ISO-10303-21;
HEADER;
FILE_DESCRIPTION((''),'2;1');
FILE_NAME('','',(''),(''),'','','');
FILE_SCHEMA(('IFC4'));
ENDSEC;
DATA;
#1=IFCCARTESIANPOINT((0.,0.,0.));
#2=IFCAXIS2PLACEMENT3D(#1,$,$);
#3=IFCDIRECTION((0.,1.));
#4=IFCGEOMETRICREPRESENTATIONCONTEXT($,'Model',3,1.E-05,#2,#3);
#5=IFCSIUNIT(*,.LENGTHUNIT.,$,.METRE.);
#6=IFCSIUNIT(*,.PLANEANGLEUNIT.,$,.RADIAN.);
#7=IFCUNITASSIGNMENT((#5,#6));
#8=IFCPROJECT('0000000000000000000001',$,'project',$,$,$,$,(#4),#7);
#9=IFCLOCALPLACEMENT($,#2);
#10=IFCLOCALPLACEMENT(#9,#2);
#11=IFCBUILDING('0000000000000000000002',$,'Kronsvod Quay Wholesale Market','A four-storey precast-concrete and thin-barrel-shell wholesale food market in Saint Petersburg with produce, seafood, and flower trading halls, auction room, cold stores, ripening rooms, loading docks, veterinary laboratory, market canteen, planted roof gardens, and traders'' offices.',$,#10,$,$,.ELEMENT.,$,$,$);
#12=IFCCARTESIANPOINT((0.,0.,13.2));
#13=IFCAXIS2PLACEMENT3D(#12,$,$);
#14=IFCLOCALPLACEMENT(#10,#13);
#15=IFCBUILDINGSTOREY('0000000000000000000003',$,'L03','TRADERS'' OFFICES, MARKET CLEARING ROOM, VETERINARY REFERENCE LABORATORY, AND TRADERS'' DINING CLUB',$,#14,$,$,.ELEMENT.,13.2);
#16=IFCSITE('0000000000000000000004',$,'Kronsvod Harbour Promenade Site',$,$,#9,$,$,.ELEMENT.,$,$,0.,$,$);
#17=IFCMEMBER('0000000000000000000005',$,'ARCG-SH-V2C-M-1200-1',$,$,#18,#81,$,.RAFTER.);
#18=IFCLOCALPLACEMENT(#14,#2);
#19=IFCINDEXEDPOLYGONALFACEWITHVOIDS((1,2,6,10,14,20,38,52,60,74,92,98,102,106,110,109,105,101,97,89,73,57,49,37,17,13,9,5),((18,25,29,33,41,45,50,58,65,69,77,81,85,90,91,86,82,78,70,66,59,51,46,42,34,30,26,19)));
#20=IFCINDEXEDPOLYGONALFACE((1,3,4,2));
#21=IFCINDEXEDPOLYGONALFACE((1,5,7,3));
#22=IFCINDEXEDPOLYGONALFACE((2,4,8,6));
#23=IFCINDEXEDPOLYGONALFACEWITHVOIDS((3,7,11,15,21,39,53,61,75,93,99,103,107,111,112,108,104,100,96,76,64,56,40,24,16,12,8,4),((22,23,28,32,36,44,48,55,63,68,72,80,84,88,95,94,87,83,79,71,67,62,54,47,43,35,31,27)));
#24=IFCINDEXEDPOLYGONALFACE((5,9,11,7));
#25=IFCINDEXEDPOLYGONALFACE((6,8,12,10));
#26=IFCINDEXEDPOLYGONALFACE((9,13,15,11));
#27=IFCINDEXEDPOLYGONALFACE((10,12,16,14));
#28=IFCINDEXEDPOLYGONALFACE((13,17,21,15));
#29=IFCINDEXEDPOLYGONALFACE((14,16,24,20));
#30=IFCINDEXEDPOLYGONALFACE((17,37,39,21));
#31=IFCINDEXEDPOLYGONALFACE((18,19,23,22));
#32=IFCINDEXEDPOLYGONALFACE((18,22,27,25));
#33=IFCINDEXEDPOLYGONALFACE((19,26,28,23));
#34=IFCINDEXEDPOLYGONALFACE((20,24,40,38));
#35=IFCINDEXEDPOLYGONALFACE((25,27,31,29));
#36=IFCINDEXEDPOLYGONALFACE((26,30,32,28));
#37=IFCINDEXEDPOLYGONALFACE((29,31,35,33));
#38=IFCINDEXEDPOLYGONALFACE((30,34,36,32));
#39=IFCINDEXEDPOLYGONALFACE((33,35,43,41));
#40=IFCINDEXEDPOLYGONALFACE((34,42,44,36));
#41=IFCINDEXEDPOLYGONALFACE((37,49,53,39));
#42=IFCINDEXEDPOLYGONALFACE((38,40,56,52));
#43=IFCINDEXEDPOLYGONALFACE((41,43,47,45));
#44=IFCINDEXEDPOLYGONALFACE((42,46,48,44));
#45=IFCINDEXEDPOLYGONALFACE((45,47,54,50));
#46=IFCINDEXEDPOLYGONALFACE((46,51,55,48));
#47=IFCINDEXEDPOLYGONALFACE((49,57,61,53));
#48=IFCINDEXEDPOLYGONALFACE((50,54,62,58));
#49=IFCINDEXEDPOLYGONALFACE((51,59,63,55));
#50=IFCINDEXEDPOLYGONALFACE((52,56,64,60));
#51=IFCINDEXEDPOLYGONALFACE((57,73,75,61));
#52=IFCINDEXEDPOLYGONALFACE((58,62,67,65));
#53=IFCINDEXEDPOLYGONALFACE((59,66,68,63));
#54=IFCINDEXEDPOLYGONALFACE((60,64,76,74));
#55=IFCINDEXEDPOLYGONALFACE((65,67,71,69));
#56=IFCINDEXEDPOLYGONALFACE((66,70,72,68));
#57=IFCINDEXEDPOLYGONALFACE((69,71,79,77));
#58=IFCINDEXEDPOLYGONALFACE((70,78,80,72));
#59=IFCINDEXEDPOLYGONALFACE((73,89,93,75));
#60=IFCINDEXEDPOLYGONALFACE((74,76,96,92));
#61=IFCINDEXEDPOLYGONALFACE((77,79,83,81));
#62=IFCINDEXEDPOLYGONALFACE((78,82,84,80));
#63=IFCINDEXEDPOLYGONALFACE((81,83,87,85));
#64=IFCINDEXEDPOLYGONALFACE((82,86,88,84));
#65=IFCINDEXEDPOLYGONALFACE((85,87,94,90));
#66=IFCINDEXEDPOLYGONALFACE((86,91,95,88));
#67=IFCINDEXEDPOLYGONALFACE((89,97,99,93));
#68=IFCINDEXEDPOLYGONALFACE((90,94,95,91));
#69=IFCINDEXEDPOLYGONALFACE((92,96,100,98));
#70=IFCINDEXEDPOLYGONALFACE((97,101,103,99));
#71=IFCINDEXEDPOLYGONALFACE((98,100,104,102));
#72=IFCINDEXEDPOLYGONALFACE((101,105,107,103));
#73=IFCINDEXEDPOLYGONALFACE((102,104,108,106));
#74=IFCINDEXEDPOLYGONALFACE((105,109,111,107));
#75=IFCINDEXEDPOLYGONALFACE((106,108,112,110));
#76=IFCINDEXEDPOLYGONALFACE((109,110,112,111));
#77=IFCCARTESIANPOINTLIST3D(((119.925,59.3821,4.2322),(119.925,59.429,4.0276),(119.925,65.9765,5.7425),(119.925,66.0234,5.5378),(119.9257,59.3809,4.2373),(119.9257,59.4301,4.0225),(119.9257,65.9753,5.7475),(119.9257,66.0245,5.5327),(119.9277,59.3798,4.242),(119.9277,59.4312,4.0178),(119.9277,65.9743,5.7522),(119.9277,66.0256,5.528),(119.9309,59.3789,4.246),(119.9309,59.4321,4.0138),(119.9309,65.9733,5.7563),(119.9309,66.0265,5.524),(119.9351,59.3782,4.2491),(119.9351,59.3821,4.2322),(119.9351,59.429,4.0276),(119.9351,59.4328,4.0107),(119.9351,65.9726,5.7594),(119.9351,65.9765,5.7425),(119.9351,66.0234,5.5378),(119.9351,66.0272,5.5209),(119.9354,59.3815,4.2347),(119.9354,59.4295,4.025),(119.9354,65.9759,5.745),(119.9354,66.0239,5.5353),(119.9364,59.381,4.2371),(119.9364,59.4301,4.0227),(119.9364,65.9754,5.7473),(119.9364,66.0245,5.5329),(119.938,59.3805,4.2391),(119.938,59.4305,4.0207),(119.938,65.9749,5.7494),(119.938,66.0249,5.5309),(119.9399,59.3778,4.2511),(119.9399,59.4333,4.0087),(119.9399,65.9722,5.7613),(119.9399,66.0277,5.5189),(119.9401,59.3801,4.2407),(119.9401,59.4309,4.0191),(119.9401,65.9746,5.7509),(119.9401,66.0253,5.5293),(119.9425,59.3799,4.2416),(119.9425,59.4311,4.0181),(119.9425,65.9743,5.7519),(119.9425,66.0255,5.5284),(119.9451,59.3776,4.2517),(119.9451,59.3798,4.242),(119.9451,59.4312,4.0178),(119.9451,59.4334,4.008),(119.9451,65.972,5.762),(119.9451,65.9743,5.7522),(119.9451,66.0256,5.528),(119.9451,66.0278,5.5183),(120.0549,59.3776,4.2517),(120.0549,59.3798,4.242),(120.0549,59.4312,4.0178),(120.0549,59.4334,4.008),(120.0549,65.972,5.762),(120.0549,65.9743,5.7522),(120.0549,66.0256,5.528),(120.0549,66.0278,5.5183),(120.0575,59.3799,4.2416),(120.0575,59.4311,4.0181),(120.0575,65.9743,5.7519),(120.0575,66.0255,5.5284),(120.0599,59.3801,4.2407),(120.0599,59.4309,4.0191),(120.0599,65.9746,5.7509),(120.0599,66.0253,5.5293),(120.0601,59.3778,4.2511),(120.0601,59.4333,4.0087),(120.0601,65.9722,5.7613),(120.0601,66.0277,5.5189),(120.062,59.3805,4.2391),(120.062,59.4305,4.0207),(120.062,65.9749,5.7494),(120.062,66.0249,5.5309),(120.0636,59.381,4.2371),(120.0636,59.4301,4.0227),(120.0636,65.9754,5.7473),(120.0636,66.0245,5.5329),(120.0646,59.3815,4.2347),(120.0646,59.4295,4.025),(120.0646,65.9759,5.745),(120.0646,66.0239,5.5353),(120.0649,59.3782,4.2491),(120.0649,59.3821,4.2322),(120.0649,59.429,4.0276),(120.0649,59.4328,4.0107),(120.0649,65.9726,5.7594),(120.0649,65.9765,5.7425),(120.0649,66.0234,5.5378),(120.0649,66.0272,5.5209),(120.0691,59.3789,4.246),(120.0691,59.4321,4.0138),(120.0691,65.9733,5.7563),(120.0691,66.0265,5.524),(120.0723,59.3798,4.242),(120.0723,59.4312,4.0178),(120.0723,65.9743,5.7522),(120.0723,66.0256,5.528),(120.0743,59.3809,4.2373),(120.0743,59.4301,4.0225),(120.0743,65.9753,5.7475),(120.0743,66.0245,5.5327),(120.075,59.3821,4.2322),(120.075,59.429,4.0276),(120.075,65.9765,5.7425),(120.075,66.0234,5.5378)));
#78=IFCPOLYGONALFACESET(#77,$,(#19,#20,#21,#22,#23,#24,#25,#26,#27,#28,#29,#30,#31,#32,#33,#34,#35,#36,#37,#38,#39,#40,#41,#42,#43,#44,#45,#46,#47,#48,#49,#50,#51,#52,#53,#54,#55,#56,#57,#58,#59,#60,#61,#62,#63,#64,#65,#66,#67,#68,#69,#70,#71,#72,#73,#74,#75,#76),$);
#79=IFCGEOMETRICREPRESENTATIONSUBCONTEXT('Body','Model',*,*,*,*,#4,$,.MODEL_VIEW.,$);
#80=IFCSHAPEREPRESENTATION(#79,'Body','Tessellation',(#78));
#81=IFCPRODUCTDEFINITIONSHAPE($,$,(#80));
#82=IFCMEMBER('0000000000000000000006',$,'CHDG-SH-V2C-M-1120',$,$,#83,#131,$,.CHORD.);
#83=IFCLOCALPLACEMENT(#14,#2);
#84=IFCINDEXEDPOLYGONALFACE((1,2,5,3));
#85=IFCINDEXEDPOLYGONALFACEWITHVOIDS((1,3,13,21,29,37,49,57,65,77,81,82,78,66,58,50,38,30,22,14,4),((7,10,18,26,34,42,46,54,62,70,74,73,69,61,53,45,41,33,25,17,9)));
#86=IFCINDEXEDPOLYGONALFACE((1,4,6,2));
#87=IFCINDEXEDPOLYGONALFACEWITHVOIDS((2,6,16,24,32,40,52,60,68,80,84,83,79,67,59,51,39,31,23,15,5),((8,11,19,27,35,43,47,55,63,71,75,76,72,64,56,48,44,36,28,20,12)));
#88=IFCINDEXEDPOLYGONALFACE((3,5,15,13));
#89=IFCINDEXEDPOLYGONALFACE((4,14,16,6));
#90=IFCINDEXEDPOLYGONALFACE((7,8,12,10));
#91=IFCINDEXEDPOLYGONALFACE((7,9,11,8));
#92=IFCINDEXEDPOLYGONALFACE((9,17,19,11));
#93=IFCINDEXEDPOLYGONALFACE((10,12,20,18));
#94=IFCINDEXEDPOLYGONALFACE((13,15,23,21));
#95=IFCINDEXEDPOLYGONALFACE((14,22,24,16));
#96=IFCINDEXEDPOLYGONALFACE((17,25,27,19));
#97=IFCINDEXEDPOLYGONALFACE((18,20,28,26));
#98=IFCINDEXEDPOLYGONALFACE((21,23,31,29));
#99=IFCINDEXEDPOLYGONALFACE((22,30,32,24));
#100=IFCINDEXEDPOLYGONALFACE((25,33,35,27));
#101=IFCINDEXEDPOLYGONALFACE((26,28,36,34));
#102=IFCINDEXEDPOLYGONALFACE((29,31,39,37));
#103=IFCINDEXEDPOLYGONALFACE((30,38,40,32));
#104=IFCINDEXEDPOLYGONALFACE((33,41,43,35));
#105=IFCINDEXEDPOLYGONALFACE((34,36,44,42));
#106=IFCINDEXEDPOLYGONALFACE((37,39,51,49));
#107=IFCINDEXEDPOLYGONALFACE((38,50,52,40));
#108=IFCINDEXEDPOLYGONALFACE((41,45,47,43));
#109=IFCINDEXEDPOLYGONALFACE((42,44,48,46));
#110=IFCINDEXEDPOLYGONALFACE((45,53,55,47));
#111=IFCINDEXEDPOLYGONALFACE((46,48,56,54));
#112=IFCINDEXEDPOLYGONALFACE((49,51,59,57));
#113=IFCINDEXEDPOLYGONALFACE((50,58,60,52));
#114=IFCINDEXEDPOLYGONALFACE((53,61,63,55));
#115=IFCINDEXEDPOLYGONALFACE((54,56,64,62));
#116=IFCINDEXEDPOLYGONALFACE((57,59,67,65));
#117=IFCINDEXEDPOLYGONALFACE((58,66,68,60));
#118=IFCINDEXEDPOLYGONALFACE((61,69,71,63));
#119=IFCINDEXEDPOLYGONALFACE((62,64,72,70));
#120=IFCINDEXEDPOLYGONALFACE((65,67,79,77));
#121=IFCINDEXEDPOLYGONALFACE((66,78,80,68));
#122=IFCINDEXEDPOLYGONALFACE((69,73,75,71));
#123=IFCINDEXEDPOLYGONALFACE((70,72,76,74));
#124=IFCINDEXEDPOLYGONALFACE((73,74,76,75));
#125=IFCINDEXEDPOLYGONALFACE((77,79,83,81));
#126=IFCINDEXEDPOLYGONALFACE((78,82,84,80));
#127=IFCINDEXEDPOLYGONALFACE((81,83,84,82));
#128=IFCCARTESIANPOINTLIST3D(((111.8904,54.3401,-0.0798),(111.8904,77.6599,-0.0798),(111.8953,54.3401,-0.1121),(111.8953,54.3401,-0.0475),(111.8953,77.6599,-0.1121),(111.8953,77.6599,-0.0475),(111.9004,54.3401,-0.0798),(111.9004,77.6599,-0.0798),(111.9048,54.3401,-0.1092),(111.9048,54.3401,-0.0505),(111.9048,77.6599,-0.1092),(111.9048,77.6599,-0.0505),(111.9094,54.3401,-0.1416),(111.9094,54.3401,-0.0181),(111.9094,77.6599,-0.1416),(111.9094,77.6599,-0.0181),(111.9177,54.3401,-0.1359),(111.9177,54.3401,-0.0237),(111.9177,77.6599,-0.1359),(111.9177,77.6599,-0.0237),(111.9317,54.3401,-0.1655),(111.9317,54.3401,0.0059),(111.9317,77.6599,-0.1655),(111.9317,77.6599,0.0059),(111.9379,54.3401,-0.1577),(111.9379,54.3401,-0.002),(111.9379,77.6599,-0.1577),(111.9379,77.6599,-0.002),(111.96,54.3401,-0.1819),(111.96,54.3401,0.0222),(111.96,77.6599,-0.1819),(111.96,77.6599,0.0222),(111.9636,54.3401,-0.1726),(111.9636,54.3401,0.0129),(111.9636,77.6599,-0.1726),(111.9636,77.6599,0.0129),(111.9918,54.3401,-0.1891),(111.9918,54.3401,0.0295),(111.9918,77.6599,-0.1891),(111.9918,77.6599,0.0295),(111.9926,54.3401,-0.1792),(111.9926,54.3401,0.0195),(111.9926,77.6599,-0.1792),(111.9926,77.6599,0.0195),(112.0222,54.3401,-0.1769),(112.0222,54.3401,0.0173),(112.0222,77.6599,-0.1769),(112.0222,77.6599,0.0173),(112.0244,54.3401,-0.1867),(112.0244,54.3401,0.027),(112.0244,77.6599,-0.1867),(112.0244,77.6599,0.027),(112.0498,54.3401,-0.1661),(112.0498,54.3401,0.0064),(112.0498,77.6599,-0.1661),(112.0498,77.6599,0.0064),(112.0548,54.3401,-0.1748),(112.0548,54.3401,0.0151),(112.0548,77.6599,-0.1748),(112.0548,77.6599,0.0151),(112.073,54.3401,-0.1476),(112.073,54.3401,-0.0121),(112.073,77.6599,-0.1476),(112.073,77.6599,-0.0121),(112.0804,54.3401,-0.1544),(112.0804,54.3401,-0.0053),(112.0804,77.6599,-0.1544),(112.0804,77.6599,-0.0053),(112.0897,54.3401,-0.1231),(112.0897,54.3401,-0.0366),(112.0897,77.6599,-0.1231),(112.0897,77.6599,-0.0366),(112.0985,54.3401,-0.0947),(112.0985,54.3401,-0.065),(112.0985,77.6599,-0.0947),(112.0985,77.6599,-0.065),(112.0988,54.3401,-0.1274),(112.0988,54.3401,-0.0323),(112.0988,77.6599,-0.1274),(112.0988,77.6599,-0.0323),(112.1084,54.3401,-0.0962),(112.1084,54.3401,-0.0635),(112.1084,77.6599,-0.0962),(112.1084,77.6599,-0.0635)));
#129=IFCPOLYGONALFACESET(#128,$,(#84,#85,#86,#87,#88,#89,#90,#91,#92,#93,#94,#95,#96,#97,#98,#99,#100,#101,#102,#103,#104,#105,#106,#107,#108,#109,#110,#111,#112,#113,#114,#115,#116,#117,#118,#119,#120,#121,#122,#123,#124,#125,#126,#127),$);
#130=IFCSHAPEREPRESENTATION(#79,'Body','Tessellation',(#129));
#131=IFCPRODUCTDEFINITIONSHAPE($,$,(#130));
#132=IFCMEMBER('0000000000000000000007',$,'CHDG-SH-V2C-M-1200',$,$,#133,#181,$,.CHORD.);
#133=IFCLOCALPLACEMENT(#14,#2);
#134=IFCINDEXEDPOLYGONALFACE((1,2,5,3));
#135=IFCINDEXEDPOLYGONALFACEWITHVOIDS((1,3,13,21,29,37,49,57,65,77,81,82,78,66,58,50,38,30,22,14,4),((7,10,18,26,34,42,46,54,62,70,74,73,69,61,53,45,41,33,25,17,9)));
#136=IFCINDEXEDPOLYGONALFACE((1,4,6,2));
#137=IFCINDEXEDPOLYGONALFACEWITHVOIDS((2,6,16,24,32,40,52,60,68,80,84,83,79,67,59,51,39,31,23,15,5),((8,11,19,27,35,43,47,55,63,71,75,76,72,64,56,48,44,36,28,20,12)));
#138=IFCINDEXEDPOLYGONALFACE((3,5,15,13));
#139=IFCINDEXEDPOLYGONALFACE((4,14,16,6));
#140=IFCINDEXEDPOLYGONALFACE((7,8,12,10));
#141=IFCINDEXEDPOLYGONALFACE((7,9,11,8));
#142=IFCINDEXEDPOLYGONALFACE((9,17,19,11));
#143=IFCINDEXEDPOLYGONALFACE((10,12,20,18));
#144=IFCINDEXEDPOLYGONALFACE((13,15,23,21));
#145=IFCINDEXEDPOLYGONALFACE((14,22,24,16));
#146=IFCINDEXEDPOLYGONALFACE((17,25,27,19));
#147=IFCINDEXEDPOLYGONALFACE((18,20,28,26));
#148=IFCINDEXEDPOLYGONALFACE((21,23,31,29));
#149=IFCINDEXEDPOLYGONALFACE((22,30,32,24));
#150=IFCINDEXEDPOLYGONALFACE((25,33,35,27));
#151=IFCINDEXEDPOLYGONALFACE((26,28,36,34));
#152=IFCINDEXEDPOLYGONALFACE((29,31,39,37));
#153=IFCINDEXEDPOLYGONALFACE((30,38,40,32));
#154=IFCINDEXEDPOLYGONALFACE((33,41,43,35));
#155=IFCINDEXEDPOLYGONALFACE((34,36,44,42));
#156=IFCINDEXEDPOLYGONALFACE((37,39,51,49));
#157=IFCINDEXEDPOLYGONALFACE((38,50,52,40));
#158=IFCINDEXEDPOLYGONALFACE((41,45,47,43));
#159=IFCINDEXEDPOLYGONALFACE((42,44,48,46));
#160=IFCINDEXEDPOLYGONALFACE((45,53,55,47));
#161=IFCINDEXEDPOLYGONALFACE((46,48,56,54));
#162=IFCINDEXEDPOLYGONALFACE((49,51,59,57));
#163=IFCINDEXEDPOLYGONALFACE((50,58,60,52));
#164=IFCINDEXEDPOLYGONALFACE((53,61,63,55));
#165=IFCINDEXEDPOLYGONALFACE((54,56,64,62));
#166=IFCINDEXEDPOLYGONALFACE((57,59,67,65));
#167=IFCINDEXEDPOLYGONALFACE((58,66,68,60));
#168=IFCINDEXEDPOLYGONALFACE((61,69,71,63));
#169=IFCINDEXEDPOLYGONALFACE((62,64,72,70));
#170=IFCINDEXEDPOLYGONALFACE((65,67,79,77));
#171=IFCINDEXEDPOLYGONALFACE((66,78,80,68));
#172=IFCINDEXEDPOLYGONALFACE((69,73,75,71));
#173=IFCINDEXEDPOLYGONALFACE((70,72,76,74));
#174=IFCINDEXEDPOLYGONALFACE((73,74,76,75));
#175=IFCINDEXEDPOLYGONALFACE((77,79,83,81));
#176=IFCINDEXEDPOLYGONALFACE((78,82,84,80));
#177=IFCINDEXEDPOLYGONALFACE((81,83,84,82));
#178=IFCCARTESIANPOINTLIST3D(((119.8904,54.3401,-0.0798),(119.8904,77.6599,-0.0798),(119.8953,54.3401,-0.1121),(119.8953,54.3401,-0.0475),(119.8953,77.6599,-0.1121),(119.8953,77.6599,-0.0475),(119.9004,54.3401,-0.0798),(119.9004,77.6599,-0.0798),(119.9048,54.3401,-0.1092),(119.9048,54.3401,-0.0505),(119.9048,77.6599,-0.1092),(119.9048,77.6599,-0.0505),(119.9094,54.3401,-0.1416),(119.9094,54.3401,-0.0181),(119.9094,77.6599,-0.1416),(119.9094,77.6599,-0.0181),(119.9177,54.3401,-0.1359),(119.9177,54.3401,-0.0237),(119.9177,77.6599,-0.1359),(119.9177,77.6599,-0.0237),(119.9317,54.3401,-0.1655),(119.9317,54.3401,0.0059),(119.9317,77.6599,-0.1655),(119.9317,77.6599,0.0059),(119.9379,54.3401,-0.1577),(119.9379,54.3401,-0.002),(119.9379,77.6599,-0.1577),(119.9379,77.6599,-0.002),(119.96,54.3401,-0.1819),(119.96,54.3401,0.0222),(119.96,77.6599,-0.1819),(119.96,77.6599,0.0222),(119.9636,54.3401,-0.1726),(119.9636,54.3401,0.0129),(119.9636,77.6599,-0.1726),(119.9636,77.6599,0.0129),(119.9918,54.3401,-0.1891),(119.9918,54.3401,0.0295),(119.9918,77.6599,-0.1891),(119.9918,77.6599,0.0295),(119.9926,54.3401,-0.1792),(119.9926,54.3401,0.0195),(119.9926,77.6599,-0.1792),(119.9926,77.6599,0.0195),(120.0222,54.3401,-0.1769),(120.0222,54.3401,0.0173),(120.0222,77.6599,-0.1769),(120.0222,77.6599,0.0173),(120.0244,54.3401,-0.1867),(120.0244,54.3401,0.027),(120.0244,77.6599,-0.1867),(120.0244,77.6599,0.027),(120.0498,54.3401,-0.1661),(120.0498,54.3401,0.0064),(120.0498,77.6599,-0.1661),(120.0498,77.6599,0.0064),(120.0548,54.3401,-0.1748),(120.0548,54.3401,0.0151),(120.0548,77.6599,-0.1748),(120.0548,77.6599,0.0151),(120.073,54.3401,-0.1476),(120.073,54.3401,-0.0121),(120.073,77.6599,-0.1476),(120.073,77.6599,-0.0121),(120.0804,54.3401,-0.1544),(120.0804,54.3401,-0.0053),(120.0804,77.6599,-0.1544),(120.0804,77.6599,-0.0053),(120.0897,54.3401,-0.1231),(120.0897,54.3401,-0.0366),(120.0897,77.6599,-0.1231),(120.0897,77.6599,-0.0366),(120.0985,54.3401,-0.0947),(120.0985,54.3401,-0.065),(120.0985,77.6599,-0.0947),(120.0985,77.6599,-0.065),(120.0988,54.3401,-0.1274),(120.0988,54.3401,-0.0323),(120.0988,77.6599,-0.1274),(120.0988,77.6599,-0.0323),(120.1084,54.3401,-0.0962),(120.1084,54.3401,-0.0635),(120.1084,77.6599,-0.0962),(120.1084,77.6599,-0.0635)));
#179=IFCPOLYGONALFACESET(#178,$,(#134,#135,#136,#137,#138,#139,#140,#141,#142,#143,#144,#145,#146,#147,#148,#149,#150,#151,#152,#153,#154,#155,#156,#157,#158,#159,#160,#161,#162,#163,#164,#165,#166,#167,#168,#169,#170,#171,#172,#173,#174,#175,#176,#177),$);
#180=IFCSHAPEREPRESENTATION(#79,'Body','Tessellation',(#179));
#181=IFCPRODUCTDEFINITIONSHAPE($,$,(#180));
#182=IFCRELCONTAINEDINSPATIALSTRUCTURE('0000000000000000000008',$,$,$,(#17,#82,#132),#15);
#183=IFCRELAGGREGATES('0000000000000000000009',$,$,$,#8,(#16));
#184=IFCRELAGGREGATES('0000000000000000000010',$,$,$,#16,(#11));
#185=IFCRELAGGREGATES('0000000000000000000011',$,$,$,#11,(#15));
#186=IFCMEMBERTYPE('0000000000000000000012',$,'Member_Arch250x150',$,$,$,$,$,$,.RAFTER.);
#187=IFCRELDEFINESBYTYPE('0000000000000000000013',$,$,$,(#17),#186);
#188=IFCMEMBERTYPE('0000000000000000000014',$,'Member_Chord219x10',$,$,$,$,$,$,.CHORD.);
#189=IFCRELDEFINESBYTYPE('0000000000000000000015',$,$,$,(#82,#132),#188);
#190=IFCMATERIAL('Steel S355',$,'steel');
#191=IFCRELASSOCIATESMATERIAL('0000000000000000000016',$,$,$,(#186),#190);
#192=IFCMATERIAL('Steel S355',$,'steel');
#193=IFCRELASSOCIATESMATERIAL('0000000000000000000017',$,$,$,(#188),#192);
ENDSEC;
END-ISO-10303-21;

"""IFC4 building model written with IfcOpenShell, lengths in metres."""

from ifc_helpers import new_model, si_unit, direction, frame, origin, origin_2d, place, context, subcontext, project, spatial, hollow_rectangle, hollow_circle, extrude, material, material_profile, profile_set, type_object, element, save


model = new_model("IFC4")

# Units and contexts
model_context = context("Model", 3, precision=1e-05, world=origin(), true_north=direction((0.0, 1.0)))
body_context = subcontext(model_context, "Body", "Model", "MODEL_VIEW")
ifc_project = project(units=[si_unit("LENGTHUNIT", "METRE"), si_unit("PLANEANGLEUNIT", "RADIAN")], contexts=[model_context])

# Site, building, storey
site_placement = place(None, origin())
site = spatial("IfcSite", under=ifc_project, at=site_placement, Name="Kronsvod Harbour Promenade Site", CompositionType="ELEMENT", RefElevation=0.0)
building_placement = place(site_placement, origin())
building = spatial("IfcBuilding", under=site, at=building_placement, Name="Kronsvod Quay Wholesale Market", Description="A four-storey precast-concrete and thin-barrel-shell wholesale food market in Saint Petersburg with produce, seafood, and flower trading halls, auction room, cold stores, ripening rooms, loading docks, veterinary laboratory, market canteen, planted roof gardens, and traders' offices.", CompositionType="ELEMENT")
storey_placement = place(building_placement, frame((0.0, 0.0, 13.2)))
storey = spatial("IfcBuildingStorey", under=building, at=storey_placement, Name="L03", Description="TRADERS' OFFICES, MARKET CLEARING ROOM, VETERINARY REFERENCE LABORATORY, AND TRADERS' DINING CLUB", CompositionType="ELEMENT", Elevation=13.2)

# Members
ifc_material_1 = material(Name="Steel S355", Category="steel")
ifc_material_profile_1 = material_profile(ifc_material_1, hollow_rectangle(XDim=0.1499, YDim=0.25, WallThickness=0.01, InnerFilletRadius=0.01, OuterFilletRadius=0.02, at=origin_2d()), Name="RHS250x150x10")
ifc_profile_set_1 = profile_set([ifc_material_profile_1], Name="Steel S355")
member_type_1 = type_object("IfcMemberType", Name="Member_Arch250x150", PredefinedType="RAFTER", material=ifc_profile_set_1)
member_1_placement = place(storey_placement, frame((120.0, 59.4055, 4.1299), z_axis=(0.0, 0.974764, 0.223238), x_axis=(-1.0, 0.0, 0.0)))
element("IfcMember", 1, at=member_1_placement, inside=storey, type_object=member_type_1, Name="ARCG-SH-V2C-M-1200-1", PredefinedType="RAFTER", context=body_context, shape_type="SweptSolid", body=[
    extrude(hollow_rectangle(XDim=0.1499, YDim=0.25, WallThickness=0.01, InnerFilletRadius=0.01, OuterFilletRadius=0.02, at=origin_2d()), origin(), (0.0, 0.0, 1.0), 6.7651),
])
ifc_material_2 = material(Name="Steel S355", Category="steel")
ifc_material_profile_2 = material_profile(ifc_material_2, hollow_circle(Radius=0.1096, WallThickness=0.01, at=origin_2d()), Name="CHS219x10")
ifc_profile_set_2 = profile_set([ifc_material_profile_2], Name="Steel S355")
member_type_2 = type_object("IfcMemberType", Name="Member_Chord219x10", PredefinedType="CHORD", material=ifc_profile_set_2)
for number, where, z_axis, x_axis, name in (
    (2, (112.0, 54.3401, -0.0798), (0.0, 1.0, 0.0), (-1.0, 0.0, 0.0), "CHDG-SH-V2C-M-1120"),
    (3, (120.0, 54.3401, -0.0798), (0.0, 1.0, 0.0), (-1.0, 0.0, 0.0), "CHDG-SH-V2C-M-1200"),
):
    element("IfcMember", number, at=place(storey_placement, frame(where, z_axis=z_axis, x_axis=x_axis)), inside=storey, type_object=member_type_2, Name=name, PredefinedType="CHORD", context=body_context, shape_type="SweptSolid", body=[
        extrude(hollow_circle(Radius=0.1096, WallThickness=0.01, at=origin_2d()), origin(), (0.0, 0.0, 1.0), 23.3198),
    ])

save(model, "model.ifc")
